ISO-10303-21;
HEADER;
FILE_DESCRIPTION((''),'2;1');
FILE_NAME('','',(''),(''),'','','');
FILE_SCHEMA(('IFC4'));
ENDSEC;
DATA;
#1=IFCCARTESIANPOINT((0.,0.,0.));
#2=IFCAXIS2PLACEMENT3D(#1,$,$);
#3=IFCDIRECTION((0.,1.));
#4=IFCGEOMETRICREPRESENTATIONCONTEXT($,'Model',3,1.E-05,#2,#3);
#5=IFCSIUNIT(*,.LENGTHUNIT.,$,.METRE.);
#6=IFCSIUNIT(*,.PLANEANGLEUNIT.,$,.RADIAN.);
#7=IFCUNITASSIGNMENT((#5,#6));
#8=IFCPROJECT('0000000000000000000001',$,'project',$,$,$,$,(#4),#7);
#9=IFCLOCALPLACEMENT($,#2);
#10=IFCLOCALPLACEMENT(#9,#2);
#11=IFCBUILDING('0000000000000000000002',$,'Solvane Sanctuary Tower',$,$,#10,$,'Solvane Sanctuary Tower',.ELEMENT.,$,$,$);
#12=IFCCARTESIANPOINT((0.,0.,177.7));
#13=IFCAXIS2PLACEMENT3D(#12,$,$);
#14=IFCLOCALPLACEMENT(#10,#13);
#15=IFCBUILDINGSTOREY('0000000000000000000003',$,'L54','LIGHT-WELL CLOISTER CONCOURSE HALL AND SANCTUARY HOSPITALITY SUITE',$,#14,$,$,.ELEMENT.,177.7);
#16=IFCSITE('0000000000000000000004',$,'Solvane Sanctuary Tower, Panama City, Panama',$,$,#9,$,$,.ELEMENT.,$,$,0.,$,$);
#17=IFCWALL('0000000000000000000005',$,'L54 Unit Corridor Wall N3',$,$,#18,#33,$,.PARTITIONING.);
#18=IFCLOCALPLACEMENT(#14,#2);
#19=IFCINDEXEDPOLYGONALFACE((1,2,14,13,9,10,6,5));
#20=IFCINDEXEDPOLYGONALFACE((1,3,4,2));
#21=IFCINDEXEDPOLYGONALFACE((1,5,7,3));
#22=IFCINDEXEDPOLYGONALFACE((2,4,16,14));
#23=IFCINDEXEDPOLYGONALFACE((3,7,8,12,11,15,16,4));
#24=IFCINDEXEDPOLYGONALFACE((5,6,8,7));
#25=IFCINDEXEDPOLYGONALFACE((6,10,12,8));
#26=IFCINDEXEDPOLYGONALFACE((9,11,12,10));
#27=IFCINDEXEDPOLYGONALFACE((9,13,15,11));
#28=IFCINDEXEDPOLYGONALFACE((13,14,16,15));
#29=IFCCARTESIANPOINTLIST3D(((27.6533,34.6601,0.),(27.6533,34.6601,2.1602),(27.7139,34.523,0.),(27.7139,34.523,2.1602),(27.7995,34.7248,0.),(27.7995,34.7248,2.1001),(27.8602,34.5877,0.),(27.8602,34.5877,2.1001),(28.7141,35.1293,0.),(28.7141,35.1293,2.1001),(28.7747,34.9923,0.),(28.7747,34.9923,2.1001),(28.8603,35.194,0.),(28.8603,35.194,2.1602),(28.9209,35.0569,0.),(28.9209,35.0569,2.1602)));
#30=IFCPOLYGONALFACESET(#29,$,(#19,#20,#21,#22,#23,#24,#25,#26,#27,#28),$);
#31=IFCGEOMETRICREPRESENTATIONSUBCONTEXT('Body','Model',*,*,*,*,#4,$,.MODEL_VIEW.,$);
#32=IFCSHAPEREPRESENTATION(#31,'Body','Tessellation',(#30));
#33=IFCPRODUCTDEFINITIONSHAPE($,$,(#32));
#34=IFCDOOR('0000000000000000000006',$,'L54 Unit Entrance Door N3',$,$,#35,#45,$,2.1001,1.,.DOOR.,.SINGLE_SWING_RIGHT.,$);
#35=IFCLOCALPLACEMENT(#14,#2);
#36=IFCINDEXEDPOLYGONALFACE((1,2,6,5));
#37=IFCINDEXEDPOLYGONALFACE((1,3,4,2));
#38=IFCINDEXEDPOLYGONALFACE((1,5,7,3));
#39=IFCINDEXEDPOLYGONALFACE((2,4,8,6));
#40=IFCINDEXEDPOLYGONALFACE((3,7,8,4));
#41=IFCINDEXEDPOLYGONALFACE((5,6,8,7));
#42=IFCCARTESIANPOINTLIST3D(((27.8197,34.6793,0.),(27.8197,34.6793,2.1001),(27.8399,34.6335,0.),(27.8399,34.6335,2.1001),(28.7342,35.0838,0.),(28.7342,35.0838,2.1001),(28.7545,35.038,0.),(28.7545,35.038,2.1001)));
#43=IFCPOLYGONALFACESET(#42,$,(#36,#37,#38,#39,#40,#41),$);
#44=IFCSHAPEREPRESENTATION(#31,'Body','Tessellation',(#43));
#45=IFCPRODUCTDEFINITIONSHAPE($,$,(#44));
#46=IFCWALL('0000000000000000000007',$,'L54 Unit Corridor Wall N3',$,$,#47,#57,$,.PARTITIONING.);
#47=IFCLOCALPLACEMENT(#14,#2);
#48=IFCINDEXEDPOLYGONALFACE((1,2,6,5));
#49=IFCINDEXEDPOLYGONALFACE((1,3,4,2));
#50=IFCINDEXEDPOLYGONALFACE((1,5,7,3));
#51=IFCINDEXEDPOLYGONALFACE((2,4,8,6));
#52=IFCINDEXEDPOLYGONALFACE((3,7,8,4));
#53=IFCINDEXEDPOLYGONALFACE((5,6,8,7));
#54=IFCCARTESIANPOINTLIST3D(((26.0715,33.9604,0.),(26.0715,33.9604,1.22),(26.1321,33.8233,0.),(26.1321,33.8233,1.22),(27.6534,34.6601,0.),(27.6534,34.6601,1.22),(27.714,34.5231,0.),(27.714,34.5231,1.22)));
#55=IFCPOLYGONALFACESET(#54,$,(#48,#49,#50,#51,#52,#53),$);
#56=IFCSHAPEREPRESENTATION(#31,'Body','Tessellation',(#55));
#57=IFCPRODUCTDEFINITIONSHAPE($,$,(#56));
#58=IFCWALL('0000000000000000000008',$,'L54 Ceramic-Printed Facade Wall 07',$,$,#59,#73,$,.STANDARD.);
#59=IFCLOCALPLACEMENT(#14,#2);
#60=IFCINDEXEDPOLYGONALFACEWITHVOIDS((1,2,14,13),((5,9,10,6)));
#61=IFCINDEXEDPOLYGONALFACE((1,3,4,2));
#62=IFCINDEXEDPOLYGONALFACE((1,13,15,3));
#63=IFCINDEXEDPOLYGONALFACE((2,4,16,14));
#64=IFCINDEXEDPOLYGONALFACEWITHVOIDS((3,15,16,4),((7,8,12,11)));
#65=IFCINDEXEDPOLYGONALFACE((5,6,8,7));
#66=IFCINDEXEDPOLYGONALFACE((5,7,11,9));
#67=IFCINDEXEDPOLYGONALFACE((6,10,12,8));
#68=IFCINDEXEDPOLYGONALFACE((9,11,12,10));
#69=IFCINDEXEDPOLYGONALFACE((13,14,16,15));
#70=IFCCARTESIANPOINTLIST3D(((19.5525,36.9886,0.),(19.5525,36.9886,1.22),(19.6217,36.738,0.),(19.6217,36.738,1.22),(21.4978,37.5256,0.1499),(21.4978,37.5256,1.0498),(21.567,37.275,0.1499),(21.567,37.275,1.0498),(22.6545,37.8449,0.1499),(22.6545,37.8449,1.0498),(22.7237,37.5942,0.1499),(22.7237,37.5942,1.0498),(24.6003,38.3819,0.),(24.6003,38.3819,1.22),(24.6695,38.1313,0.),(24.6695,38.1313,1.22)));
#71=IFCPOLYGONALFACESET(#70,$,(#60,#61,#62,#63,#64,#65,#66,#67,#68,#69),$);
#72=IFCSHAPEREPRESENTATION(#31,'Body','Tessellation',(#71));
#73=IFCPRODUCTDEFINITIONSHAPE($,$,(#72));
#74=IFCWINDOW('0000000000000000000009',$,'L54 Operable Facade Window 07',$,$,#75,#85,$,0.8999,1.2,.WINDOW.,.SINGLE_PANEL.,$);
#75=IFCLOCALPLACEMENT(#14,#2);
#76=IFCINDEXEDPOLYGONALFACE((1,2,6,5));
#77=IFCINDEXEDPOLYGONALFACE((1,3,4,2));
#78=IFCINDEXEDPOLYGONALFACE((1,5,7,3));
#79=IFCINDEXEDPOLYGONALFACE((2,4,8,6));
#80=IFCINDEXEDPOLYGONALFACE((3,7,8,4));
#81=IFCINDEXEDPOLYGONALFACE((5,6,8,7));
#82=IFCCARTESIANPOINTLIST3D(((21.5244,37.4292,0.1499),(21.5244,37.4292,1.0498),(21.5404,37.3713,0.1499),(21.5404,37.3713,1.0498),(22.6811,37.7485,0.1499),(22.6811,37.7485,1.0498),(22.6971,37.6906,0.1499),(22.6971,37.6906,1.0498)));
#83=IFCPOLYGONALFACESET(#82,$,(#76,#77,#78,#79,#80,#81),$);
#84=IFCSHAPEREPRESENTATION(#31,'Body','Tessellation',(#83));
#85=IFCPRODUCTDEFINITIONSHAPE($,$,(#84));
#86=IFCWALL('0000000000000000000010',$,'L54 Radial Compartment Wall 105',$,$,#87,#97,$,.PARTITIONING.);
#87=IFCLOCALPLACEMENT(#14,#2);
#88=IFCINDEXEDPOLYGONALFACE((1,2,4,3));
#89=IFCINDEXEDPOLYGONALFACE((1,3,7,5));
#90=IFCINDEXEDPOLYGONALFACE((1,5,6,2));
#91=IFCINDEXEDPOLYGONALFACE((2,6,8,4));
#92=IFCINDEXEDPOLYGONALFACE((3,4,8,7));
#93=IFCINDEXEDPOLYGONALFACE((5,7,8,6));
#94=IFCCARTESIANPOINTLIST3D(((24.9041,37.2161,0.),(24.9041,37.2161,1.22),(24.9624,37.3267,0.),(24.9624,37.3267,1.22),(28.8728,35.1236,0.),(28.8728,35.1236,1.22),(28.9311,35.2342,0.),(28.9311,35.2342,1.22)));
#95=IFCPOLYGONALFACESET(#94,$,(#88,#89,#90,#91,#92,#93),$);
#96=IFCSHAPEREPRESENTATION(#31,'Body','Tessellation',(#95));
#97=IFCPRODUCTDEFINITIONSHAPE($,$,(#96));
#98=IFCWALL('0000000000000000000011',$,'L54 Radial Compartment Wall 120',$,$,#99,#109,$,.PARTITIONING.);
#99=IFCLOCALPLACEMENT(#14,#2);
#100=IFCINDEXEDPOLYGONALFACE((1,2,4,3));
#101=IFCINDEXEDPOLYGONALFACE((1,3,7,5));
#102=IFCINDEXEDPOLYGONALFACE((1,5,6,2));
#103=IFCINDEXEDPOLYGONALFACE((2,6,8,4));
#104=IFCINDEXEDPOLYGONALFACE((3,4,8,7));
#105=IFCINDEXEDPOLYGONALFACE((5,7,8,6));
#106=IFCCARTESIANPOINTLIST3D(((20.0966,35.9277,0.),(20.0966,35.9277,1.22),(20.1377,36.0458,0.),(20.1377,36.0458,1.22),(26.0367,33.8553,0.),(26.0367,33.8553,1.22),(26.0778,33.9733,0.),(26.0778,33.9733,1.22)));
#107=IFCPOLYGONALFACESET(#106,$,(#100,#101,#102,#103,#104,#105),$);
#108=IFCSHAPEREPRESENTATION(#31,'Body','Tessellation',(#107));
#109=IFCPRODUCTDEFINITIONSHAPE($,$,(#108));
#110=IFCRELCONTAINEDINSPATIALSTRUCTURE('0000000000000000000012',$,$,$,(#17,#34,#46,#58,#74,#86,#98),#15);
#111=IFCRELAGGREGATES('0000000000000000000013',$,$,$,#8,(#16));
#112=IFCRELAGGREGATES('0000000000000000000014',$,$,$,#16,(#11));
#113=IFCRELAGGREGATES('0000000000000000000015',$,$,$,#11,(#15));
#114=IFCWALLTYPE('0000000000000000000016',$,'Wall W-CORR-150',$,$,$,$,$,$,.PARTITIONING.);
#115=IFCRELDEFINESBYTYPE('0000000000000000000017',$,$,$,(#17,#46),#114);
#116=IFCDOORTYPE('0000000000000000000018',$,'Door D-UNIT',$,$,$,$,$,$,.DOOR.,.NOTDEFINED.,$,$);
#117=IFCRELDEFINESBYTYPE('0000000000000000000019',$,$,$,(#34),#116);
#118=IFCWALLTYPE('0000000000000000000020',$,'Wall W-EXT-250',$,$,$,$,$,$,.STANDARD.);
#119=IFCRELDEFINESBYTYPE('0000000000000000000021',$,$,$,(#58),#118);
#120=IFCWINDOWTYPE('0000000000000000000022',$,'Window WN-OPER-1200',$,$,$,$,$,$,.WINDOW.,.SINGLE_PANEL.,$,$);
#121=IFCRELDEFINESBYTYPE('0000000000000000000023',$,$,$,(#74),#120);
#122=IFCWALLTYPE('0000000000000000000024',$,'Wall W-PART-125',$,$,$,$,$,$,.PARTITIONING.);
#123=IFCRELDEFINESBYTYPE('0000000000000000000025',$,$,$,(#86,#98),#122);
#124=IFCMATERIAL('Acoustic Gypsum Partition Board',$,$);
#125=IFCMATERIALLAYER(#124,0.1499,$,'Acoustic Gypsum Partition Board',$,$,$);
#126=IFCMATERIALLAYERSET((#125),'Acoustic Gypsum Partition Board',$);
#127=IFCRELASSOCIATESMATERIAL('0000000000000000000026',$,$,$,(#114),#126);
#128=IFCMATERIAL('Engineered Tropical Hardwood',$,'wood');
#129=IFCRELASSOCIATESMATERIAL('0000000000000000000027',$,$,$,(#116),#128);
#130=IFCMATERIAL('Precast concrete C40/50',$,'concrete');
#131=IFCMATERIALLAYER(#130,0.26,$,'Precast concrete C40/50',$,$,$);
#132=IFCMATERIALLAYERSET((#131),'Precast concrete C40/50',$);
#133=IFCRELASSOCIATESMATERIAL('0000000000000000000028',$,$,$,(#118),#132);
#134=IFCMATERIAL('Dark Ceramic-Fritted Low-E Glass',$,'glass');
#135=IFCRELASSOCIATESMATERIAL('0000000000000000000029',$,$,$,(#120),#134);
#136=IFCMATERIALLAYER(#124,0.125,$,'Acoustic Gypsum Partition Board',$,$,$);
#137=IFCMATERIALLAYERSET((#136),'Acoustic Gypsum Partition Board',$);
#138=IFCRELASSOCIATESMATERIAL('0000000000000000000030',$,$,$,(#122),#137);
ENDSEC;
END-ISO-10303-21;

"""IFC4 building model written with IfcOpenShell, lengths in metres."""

from ifc_helpers import new_model, si_unit, direction, frame, frame_2d, origin, place, context, subcontext, project, spatial, rectangle, extrude, material, layer, layer_set, type_object, element, fill, save


model = new_model("IFC4")

# Units and contexts
model_context = context("Model", 3, precision=1e-05, world=origin(), true_north=direction((0.0, 1.0)))
body_context = subcontext(model_context, "Body", "Model", "MODEL_VIEW")
ifc_project = project(units=[si_unit("LENGTHUNIT", "METRE"), si_unit("PLANEANGLEUNIT", "RADIAN")], contexts=[model_context])

# Site, building, storey
site_placement = place(None, origin())
site = spatial("IfcSite", under=ifc_project, at=site_placement, Name="Solvane Sanctuary Tower, Panama City, Panama", CompositionType="ELEMENT", RefElevation=0.0)
building_placement = place(site_placement, origin())
building = spatial("IfcBuilding", under=site, at=building_placement, Name="Solvane Sanctuary Tower", LongName="Solvane Sanctuary Tower", CompositionType="ELEMENT")
storey_placement = place(building_placement, frame((0.0, 0.0, 177.7)))
storey = spatial("IfcBuildingStorey", under=building, at=storey_placement, Name="L54", Description="LIGHT-WELL CLOISTER CONCOURSE HALL AND SANCTUARY HOSPITALITY SUITE", CompositionType="ELEMENT", Elevation=177.7)

# Shared definitions
ifc_material_1 = material(Name="Acoustic Gypsum Partition Board")
ifc_layer_1 = layer(ifc_material_1, 0.1499, Name="Acoustic Gypsum Partition Board")
ifc_layer_set_1 = layer_set([ifc_layer_1], Name="Acoustic Gypsum Partition Board")
wall_type_1 = type_object("IfcWallType", Name="Wall W-CORR-150", PredefinedType="PARTITIONING", material=ifc_layer_set_1)

# Wall, opening, door
wall_1_placement = place(storey_placement, frame((28.8906, 35.1255, 0.0), z_axis=(0.0, 0.0, 1.0), x_axis=(-0.91452, -0.404542, 0.0)))
wall_1 = element("IfcWall", 1, at=wall_1_placement, inside=storey, type_object=wall_type_1, Name="L54 Unit Corridor Wall N3", PredefinedType="PARTITIONING", context=body_context, shape_type="SweptSolid", body=[
    extrude(rectangle(XDim=1.3198, YDim=0.1499, at=frame_2d((0.6599, 0.0))), origin(), (0.0, 0.0, 1.0), 2.1602),
])
opening_1_placement = place(wall_1_placement, frame((0.1599, 0.0, 0.0)))
opening_1 = element("IfcOpeningElement", 2, at=opening_1_placement, cuts=wall_1, PredefinedType="OPENING", context=body_context, shape_type="SweptSolid", body=[
    extrude(rectangle(XDim=1.0, YDim=2.1001, at=frame_2d((0.5, 1.05))), frame((0.0, 0.085, 0.0), z_axis=(0.0, -1.0, 0.0), x_axis=(1.0, 0.0, 0.0)), (0.0, 0.0, 1.0), 0.1699),
])
ifc_material_2 = material(Name="Engineered Tropical Hardwood", Category="wood")
door_type = type_object("IfcDoorType", Name="Door D-UNIT", OperationType="NOTDEFINED", PredefinedType="DOOR", material=ifc_material_2)
door_placement = place(opening_1_placement, origin())
door = element("IfcDoor", 3, at=door_placement, inside=storey, type_object=door_type, Name="L54 Unit Entrance Door N3", OperationType="SINGLE_SWING_RIGHT", OverallHeight=2.1001, OverallWidth=1.0, PredefinedType="DOOR", context=body_context, shape_type="SweptSolid", body=[
    extrude(rectangle(XDim=1.0, YDim=2.1001, at=frame_2d((0.5, 1.05))), frame((0.0, 0.0249, 0.0), z_axis=(0.0, -1.0, 0.0), x_axis=(1.0, 0.0, 0.0)), (0.0, 0.0, 1.0), 0.05),
])
fill(opening_1, door)

# Wall
wall_2_placement = place(storey_placement, frame((27.6836, 34.5916, 0.0), z_axis=(0.0, 0.0, 1.0), x_axis=(-0.91452, -0.40454, 0.0)))
element("IfcWall", 4, at=wall_2_placement, inside=storey, type_object=wall_type_1, Name="L54 Unit Corridor Wall N3", PredefinedType="PARTITIONING", context=body_context, shape_type="SweptSolid", body=[
    extrude(rectangle(XDim=1.7297, YDim=0.1499, at=frame_2d((0.8647, 0.0))), origin(), (0.0, 0.0, 1.0), 1.22),
])

# Wall, opening, window
ifc_material_3 = material(Name="Precast concrete C40/50", Category="concrete")
ifc_layer_2 = layer(ifc_material_3, 0.26, Name="Precast concrete C40/50")
ifc_layer_set_2 = layer_set([ifc_layer_2], Name="Precast concrete C40/50")
wall_type_2 = type_object("IfcWallType", Name="Wall W-EXT-250", PredefinedType="STANDARD", material=ifc_layer_set_2)
wall_3_placement = place(storey_placement, frame((24.6348, 38.2566, 0.0), z_axis=(0.0, 0.0, 1.0), x_axis=(-0.963953, -0.266071, 0.0)))
wall_3 = element("IfcWall", 5, at=wall_3_placement, inside=storey, type_object=wall_type_2, Name="L54 Ceramic-Printed Facade Wall 07", PredefinedType="STANDARD", context=body_context, shape_type="SweptSolid", body=[
    extrude(rectangle(XDim=5.2366, YDim=0.26, at=frame_2d((2.6182, 0.0))), origin(), (0.0, 0.0, 1.0), 1.22),
])
opening_2_placement = place(wall_3_placement, frame((2.0183, 0.0, 0.1499)))
opening_2 = element("IfcOpeningElement", 6, at=opening_2_placement, cuts=wall_3, PredefinedType="OPENING", context=body_context, shape_type="SweptSolid", body=[
    extrude(rectangle(XDim=1.2, YDim=0.8999, at=frame_2d((0.6001, 0.45))), frame((0.0, 0.1399, 0.0), z_axis=(0.0, -1.0, 0.0), x_axis=(1.0, 0.0, 0.0)), (0.0, 0.0, 1.0), 0.28),
])
ifc_material_4 = material(Name="Dark Ceramic-Fritted Low-E Glass", Category="glass")
window_type = type_object("IfcWindowType", Name="Window WN-OPER-1200", PartitioningType="SINGLE_PANEL", PredefinedType="WINDOW", material=ifc_material_4)
window_placement = place(opening_2_placement, origin())
window = element("IfcWindow", 7, at=window_placement, inside=storey, type_object=window_type, Name="L54 Operable Facade Window 07", OverallHeight=0.8999, OverallWidth=1.2, PartitioningType="SINGLE_PANEL", PredefinedType="WINDOW", context=body_context, shape_type="SweptSolid", body=[
    extrude(rectangle(XDim=1.2, YDim=0.8999, at=frame_2d((0.6001, 0.45))), frame((0.0, 0.03, 0.0), z_axis=(0.0, -1.0, 0.0), x_axis=(1.0, 0.0, 0.0)), (0.0, 0.0, 1.0), 0.0601),
])
fill(opening_2, window)

# Walls
ifc_layer_3 = layer(ifc_material_1, 0.125, Name="Acoustic Gypsum Partition Board")
ifc_layer_set_3 = layer_set([ifc_layer_3], Name="Acoustic Gypsum Partition Board")
wall_type_3 = type_object("IfcWallType", Name="Wall W-PART-125", PredefinedType="PARTITIONING", material=ifc_layer_set_3)
wall_4_placement = place(storey_placement, frame((28.9019, 35.179, 0.0), z_axis=(0.0, 0.0, 1.0), x_axis=(-0.884577, 0.466394, 0.0)))
element("IfcWall", 8, at=wall_4_placement, inside=storey, type_object=wall_type_3, Name="L54 Radial Compartment Wall 105", PredefinedType="PARTITIONING", context=body_context, shape_type="SweptSolid", body=[
    extrude(rectangle(XDim=4.4866, YDim=0.125, at=frame_2d((2.2432, 0.0))), origin(), (0.0, 0.0, 1.0), 1.22),
])
wall_5_placement = place(storey_placement, frame((26.0571, 33.9143, 0.0), z_axis=(0.0, 0.0, 1.0), x_axis=(-0.944183, 0.329422, 0.0)))
element("IfcWall", 9, at=wall_5_placement, inside=storey, type_object=wall_type_3, Name="L54 Radial Compartment Wall 120", PredefinedType="PARTITIONING", context=body_context, shape_type="SweptSolid", body=[
    extrude(rectangle(XDim=6.2913, YDim=0.125, at=frame_2d((3.1455, 0.0))), origin(), (0.0, 0.0, 1.0), 1.22),
])

save(model, "model.ifc")
